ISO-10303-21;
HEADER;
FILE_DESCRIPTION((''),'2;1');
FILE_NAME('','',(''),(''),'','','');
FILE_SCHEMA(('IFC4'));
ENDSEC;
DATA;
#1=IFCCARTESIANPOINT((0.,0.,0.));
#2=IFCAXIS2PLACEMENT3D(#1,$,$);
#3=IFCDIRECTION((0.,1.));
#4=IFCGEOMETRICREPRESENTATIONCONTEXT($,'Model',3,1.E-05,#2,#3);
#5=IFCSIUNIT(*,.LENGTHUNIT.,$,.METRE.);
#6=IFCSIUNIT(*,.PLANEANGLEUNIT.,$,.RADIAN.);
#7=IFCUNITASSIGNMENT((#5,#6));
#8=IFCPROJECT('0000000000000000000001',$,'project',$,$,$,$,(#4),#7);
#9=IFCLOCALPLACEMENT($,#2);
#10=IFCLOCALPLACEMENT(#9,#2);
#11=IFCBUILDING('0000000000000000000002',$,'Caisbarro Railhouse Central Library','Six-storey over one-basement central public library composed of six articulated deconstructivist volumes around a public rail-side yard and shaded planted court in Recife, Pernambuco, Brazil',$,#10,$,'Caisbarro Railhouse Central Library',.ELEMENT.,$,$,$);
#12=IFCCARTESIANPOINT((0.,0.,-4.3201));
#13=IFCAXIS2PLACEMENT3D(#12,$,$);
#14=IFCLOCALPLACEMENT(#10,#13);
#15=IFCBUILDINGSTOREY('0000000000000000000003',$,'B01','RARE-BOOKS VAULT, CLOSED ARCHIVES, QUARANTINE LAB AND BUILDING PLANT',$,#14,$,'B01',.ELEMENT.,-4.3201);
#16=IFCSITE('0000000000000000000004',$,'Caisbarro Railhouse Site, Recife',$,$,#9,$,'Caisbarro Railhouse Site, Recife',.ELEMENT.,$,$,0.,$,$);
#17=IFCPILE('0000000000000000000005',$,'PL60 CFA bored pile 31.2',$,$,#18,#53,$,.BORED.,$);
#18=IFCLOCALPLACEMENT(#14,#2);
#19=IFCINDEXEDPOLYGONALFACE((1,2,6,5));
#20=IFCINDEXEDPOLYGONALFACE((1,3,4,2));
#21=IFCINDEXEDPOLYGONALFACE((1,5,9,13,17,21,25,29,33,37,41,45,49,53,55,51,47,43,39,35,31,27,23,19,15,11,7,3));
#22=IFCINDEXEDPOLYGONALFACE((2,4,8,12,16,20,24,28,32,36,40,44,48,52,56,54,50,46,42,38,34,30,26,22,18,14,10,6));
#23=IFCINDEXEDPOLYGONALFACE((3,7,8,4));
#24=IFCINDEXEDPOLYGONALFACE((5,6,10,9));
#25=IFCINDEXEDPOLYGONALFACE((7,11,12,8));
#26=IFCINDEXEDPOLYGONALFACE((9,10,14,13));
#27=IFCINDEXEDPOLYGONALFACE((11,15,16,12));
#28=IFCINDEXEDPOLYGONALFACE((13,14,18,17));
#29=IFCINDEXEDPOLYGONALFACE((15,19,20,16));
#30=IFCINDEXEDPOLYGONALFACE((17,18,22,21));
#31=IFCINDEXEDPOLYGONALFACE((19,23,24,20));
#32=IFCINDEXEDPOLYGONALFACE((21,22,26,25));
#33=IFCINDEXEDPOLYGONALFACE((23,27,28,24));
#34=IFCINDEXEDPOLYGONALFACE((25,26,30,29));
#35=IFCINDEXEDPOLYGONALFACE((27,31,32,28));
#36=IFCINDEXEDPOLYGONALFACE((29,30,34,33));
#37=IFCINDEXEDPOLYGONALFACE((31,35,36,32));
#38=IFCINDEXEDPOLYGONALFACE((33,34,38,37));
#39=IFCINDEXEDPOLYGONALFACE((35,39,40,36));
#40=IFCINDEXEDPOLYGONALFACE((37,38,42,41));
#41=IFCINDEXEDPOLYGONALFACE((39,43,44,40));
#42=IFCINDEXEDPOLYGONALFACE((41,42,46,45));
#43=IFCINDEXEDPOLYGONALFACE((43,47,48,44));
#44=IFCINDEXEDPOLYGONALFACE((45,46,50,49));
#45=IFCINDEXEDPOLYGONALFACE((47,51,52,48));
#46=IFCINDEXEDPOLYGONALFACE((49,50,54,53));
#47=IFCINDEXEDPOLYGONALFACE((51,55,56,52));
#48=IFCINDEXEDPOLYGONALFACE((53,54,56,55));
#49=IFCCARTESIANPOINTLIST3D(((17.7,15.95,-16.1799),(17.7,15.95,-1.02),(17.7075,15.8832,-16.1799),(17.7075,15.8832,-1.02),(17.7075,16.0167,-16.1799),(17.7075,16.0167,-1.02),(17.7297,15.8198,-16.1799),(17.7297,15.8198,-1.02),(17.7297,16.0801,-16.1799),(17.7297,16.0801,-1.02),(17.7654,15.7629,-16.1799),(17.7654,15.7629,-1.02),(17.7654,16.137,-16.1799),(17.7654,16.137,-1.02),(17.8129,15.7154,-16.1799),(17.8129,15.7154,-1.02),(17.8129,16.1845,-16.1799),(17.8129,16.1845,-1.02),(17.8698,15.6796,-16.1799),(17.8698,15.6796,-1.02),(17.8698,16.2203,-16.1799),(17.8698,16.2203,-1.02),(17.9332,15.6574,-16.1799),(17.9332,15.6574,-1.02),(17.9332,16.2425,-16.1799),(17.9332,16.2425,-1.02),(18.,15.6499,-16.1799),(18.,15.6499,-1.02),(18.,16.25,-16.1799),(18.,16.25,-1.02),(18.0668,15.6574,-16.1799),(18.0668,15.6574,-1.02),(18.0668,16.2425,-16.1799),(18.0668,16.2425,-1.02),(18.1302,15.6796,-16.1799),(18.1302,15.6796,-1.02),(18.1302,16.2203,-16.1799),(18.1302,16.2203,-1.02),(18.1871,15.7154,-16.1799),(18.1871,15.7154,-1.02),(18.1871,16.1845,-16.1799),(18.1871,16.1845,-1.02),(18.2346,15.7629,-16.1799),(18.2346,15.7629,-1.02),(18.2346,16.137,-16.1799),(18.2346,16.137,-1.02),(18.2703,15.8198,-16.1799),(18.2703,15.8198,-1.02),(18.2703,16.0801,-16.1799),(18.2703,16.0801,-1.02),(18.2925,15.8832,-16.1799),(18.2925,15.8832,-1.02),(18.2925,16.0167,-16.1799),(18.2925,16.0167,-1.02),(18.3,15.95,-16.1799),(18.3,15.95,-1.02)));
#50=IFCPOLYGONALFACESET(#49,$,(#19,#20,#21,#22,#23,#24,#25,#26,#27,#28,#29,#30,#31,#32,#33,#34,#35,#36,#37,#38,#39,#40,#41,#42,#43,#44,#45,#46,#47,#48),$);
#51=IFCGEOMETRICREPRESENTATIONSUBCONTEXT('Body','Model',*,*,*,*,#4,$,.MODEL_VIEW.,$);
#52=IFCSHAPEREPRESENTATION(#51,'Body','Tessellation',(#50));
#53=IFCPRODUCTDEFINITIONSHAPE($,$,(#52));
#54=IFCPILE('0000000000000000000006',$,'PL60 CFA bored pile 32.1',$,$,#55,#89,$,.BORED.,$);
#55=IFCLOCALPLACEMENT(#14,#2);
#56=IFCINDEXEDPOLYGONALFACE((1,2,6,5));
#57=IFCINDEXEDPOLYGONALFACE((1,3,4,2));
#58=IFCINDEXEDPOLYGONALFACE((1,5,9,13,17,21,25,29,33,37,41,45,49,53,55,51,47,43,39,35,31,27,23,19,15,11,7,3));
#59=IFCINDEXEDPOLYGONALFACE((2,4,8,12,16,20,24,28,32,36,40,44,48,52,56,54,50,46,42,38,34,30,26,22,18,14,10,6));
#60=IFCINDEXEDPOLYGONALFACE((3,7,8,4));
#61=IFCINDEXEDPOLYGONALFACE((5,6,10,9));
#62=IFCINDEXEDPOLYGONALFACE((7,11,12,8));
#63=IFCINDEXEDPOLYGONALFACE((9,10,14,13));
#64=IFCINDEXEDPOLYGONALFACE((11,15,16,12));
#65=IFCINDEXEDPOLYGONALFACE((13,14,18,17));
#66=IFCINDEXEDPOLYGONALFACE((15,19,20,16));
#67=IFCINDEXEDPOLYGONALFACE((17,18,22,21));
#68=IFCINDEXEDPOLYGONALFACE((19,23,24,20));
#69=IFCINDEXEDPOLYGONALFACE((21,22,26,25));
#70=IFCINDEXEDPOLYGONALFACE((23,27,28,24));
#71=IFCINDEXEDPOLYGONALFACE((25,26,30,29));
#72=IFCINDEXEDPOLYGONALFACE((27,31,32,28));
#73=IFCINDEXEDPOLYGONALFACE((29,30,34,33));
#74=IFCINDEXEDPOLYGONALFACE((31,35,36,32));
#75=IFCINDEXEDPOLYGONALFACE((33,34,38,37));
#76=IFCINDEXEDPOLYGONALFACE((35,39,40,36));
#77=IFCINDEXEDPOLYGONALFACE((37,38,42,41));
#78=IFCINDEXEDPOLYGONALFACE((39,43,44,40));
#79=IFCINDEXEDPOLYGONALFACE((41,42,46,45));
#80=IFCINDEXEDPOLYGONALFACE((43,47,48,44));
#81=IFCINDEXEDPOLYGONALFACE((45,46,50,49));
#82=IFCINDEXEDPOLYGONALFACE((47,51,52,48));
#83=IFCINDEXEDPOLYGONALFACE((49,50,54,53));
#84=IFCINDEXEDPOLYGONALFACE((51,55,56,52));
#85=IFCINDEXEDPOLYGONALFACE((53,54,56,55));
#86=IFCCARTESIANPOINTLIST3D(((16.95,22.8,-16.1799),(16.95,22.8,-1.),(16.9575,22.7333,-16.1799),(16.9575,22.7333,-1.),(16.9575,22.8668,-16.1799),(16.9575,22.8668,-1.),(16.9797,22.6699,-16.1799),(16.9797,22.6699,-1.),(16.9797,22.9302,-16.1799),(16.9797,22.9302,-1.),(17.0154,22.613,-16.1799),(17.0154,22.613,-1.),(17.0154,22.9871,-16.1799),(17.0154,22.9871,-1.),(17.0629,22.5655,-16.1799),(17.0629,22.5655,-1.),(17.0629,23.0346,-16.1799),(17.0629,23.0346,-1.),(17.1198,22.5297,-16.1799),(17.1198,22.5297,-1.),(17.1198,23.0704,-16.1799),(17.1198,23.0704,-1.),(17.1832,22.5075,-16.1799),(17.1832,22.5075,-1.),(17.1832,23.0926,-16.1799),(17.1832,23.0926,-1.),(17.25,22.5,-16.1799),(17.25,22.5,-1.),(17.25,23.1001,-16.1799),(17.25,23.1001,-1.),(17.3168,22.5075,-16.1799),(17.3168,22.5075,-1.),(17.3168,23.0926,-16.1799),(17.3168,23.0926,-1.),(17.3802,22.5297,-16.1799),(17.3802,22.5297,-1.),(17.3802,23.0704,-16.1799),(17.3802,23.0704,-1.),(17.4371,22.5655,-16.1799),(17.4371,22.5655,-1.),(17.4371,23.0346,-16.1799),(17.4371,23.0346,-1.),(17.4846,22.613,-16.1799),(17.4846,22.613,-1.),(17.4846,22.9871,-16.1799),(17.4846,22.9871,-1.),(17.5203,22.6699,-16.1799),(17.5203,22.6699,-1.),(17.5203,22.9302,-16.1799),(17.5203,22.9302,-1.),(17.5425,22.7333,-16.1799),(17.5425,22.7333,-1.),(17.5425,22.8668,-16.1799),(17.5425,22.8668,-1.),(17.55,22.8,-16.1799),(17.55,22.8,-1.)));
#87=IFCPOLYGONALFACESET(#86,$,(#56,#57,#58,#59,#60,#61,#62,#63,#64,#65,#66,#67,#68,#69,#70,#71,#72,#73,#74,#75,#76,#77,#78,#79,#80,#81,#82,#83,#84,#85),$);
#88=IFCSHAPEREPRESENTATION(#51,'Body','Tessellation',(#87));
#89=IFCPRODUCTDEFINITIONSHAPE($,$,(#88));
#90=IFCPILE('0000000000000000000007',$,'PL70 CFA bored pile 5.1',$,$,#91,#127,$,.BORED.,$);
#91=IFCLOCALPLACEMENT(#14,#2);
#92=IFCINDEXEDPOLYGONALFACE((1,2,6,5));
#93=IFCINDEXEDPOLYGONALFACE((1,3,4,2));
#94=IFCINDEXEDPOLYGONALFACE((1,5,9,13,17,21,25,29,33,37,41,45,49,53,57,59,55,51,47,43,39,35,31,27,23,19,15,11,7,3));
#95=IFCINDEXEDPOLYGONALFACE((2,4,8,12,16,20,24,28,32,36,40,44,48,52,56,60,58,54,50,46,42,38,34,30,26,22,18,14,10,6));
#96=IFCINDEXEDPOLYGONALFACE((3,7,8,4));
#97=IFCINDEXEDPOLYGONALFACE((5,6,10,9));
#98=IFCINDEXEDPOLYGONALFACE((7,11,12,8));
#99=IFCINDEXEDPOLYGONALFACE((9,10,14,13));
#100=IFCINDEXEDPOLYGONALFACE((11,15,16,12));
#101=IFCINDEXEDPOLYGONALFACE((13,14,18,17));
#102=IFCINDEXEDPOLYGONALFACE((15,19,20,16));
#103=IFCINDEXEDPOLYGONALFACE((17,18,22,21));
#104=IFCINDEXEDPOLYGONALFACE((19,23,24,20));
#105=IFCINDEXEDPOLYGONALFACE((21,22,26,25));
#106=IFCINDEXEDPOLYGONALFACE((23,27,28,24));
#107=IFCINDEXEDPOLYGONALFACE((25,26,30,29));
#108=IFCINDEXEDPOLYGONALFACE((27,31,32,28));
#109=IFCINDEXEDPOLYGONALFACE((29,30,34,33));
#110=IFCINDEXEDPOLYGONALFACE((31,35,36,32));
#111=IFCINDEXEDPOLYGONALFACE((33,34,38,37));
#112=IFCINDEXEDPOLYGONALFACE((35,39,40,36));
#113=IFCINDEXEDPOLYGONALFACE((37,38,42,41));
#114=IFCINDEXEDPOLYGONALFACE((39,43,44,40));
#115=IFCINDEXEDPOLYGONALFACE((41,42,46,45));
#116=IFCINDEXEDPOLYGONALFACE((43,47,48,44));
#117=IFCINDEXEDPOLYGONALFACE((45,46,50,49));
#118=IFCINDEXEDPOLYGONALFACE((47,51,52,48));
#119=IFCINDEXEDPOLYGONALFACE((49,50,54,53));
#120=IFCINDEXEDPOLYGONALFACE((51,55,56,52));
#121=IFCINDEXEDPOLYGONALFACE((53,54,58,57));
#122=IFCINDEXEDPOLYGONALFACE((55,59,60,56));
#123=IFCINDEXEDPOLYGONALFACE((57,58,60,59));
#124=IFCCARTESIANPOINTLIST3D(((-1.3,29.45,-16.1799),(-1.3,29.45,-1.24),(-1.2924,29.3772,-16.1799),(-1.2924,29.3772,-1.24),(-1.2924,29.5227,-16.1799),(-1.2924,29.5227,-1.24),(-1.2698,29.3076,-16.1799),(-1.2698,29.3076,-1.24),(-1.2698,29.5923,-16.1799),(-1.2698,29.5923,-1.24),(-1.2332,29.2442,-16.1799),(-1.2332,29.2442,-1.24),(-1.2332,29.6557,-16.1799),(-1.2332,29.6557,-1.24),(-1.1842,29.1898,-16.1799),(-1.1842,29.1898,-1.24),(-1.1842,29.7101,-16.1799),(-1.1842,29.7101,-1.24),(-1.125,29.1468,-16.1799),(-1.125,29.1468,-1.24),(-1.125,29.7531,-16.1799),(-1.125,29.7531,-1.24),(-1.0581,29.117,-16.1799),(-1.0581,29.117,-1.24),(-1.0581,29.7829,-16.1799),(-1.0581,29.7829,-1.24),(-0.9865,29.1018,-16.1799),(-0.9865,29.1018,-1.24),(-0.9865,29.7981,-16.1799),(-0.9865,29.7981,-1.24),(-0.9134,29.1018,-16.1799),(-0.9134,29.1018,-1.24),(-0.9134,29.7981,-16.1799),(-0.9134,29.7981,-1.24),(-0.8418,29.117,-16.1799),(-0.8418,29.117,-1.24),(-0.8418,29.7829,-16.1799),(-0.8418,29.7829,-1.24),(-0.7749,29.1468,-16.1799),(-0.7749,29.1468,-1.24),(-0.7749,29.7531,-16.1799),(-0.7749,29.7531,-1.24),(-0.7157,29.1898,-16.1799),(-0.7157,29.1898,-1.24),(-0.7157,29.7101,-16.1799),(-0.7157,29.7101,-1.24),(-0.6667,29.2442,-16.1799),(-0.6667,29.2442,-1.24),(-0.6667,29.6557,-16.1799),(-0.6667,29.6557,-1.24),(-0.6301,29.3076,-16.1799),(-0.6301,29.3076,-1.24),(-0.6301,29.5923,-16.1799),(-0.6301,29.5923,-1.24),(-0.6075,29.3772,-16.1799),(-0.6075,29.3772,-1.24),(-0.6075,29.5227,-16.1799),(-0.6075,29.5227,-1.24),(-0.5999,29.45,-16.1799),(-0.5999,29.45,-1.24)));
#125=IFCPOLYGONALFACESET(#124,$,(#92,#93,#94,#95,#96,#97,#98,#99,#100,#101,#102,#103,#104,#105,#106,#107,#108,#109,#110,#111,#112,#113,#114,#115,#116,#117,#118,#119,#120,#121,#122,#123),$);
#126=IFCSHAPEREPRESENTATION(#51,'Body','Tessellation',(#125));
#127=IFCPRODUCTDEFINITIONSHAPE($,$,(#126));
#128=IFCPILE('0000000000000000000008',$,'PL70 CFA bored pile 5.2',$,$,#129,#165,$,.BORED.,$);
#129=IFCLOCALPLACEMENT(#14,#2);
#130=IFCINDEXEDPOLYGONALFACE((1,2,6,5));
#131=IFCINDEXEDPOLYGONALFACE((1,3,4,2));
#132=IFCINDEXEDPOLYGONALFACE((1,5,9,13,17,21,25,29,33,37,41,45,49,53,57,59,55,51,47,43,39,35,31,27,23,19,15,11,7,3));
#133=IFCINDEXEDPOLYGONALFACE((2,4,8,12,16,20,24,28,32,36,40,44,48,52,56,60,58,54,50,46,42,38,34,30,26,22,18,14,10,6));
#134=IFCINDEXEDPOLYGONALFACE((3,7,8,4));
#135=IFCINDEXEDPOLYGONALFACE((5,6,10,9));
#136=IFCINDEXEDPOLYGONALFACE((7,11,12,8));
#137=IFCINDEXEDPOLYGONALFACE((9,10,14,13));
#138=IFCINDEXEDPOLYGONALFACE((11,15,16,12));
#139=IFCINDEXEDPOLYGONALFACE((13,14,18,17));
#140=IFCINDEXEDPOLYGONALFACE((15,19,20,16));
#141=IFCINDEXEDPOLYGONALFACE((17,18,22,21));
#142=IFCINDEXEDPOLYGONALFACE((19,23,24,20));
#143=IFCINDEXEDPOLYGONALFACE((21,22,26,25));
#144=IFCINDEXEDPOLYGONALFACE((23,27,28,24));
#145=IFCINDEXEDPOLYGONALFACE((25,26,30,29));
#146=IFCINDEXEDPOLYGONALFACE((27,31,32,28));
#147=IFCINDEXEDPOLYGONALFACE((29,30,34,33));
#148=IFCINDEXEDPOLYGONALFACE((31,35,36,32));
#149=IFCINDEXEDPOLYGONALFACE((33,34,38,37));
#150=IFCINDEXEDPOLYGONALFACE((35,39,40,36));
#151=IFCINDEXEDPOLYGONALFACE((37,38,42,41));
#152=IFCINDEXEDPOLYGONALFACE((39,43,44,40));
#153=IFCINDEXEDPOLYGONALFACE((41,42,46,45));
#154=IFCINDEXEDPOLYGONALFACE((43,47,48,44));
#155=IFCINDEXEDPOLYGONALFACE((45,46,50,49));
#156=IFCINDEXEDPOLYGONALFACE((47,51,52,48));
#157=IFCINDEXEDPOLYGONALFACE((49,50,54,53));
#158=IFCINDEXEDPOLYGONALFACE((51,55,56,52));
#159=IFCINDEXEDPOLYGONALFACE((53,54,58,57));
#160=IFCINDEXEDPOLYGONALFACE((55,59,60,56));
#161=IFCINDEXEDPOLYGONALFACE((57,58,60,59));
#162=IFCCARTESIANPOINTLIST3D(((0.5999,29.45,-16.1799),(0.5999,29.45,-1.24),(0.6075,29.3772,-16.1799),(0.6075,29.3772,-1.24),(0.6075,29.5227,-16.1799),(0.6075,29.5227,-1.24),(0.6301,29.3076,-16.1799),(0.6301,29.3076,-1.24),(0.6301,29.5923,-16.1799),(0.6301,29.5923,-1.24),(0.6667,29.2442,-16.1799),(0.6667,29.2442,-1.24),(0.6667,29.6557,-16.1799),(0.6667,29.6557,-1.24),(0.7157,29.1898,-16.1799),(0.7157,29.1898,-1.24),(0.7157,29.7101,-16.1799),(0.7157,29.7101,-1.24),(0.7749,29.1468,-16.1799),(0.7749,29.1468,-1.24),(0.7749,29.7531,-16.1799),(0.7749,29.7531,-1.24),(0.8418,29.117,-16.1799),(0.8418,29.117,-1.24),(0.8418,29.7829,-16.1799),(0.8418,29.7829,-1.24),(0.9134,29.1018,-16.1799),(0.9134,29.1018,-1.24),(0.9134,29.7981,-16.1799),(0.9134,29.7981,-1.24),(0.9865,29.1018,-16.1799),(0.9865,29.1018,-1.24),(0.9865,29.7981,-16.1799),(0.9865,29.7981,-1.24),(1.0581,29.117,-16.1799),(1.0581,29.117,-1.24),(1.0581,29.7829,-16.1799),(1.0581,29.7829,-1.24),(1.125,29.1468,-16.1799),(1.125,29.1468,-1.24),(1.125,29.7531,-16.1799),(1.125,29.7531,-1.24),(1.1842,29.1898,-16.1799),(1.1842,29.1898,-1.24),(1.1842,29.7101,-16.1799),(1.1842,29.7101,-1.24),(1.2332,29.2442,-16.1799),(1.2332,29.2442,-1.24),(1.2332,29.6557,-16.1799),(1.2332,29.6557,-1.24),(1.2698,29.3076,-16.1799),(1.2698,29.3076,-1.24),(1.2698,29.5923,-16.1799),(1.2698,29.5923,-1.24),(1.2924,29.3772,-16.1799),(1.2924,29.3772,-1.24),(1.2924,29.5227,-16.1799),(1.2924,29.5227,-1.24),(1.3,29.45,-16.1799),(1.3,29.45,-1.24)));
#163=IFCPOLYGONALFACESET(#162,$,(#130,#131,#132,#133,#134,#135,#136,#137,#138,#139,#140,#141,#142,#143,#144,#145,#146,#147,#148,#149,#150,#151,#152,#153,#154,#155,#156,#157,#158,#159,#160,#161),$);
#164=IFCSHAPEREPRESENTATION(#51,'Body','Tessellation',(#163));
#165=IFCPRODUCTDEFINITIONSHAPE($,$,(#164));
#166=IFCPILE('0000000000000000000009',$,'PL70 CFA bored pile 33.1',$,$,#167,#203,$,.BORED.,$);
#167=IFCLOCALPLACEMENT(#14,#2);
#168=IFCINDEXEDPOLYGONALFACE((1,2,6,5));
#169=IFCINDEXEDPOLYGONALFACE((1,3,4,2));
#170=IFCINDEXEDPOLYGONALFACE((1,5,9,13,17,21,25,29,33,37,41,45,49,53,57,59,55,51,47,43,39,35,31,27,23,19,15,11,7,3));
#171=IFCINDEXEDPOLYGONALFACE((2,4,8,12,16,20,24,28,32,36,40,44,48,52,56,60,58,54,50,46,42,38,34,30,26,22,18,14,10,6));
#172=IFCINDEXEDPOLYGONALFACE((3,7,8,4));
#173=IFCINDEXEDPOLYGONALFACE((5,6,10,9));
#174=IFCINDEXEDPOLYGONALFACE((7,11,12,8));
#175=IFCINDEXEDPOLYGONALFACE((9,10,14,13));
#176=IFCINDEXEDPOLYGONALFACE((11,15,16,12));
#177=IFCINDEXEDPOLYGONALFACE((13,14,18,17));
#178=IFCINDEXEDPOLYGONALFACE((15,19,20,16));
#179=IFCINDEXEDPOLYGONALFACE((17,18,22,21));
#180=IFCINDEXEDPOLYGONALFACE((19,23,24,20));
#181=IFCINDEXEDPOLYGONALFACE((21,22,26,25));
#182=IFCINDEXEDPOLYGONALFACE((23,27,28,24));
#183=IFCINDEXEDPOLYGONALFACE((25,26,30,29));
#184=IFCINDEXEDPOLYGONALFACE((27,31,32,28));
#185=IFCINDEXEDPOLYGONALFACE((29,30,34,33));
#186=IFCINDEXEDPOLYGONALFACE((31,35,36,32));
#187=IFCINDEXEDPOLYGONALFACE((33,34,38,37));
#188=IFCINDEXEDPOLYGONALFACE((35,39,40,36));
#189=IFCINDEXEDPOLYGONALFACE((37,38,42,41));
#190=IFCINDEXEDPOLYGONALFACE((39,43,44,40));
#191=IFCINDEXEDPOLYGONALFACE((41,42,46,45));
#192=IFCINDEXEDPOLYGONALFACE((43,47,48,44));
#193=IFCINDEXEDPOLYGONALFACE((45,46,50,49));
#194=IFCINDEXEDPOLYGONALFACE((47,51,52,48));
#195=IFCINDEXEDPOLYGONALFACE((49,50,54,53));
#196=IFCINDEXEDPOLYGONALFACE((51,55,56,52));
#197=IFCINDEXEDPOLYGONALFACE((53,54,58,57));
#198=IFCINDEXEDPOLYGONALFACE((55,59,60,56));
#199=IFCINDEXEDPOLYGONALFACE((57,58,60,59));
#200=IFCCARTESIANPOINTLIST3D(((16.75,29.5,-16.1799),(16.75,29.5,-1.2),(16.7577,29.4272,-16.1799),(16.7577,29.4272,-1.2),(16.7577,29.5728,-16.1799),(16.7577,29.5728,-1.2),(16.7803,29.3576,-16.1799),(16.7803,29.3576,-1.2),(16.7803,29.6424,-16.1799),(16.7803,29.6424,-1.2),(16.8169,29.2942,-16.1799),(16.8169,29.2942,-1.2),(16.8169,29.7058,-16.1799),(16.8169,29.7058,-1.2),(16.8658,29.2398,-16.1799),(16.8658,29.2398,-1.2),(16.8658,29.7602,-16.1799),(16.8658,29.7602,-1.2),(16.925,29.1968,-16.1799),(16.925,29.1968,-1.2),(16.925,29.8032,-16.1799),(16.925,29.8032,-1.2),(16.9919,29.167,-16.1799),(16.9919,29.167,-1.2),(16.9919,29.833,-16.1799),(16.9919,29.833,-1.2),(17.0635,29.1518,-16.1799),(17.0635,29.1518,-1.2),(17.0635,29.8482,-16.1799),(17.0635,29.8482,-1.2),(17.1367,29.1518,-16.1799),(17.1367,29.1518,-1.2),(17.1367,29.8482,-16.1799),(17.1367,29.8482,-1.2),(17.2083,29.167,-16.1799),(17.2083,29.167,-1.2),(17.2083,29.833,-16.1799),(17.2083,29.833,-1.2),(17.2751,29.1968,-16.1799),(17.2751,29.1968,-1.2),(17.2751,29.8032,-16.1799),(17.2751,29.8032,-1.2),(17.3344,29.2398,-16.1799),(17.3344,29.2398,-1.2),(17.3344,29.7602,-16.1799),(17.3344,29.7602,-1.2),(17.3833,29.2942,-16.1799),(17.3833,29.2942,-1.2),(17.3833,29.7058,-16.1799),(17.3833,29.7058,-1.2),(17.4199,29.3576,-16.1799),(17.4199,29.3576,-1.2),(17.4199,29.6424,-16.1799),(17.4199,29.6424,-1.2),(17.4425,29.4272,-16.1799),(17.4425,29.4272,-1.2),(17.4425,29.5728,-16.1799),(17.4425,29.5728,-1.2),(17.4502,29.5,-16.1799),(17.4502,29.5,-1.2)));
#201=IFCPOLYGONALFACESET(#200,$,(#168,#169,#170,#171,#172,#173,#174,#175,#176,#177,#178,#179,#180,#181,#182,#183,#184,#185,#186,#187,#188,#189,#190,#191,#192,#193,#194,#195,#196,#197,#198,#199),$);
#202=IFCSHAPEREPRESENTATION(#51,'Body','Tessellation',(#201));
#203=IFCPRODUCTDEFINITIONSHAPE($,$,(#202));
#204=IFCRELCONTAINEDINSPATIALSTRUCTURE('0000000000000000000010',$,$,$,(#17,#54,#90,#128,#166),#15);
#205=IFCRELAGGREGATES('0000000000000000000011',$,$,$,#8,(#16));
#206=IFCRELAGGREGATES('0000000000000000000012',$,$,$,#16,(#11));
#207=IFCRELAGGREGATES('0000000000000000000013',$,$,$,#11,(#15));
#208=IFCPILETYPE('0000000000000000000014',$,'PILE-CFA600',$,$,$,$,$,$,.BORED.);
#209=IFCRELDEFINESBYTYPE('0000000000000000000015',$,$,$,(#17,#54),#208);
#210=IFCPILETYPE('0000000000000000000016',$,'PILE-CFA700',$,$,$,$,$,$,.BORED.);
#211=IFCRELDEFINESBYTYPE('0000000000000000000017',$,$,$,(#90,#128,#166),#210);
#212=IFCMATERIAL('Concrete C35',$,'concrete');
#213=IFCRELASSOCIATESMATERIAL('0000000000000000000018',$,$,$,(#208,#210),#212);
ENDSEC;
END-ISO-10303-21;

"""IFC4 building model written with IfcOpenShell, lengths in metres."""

from ifc_helpers import new_model, si_unit, direction, frame, origin, origin_2d, place, context, subcontext, project, spatial, circle, extrude, material, material_profile, profile_set, type_object, element, save


model = new_model("IFC4")

# Units and contexts
model_context = context("Model", 3, precision=1e-05, world=origin(), true_north=direction((0.0, 1.0)))
body_context = subcontext(model_context, "Body", "Model", "MODEL_VIEW")
ifc_project = project(units=[si_unit("LENGTHUNIT", "METRE"), si_unit("PLANEANGLEUNIT", "RADIAN")], contexts=[model_context])

# Site, building, storey
site_placement = place(None, origin())
site = spatial("IfcSite", under=ifc_project, at=site_placement, Name="Caisbarro Railhouse Site, Recife", LongName="Caisbarro Railhouse Site, Recife", CompositionType="ELEMENT", RefElevation=0.0)
building_placement = place(site_placement, origin())
building = spatial("IfcBuilding", under=site, at=building_placement, Name="Caisbarro Railhouse Central Library", Description="Six-storey over one-basement central public library composed of six articulated deconstructivist volumes around a public rail-side yard and shaded planted court in Recife, Pernambuco, Brazil", LongName="Caisbarro Railhouse Central Library", CompositionType="ELEMENT")
storey_placement = place(building_placement, frame((0.0, 0.0, -4.3201)))
storey = spatial("IfcBuildingStorey", under=building, at=storey_placement, Name="B01", Description="RARE-BOOKS VAULT, CLOSED ARCHIVES, QUARANTINE LAB AND BUILDING PLANT", LongName="B01", CompositionType="ELEMENT", Elevation=-4.3201)

# Shared definitions
ifc_material_1 = material(Name="Concrete C35", Category="concrete")

# Piles
ifc_material_profile_1 = material_profile(ifc_material_1, circle(Radius=0.3, at=origin_2d()), Name="PILE-CFA-600")
ifc_profile_set_1 = profile_set([ifc_material_profile_1], Name="Concrete C35")
pile_type_1 = type_object("IfcPileType", Name="PILE-CFA600", PredefinedType="BORED", material=ifc_profile_set_1)
pile_1_placement = place(storey_placement, frame((18.0, 15.95, -1.02), z_axis=(0.0, 0.0, -1.0), x_axis=(1.0, 0.0, 0.0)))
element("IfcPile", 1, at=pile_1_placement, inside=storey, type_object=pile_type_1, Name="PL60 CFA bored pile 31.2", PredefinedType="BORED", context=body_context, shape_type="SweptSolid", body=[
    extrude(circle(Radius=0.3, at=origin_2d()), origin(), (0.0, 0.0, 1.0), 15.1599),
])
pile_2_placement = place(storey_placement, frame((17.25, 22.8, -1.0), z_axis=(0.0, 0.0, -1.0), x_axis=(1.0, 0.0, 0.0)))
element("IfcPile", 2, at=pile_2_placement, inside=storey, type_object=pile_type_1, Name="PL60 CFA bored pile 32.1", PredefinedType="BORED", context=body_context, shape_type="SweptSolid", body=[
    extrude(circle(Radius=0.3, at=origin_2d()), origin(), (0.0, 0.0, 1.0), 15.1799),
])
ifc_material_profile_2 = material_profile(ifc_material_1, circle(Radius=0.3501, at=origin_2d()), Name="PILE-CFA-700")
ifc_profile_set_2 = profile_set([ifc_material_profile_2], Name="Concrete C35")
pile_type_2 = type_object("IfcPileType", Name="PILE-CFA700", PredefinedType="BORED", material=ifc_profile_set_2)
for number, where, z_axis, x_axis, name in (
    (3, (-0.95, 29.45, -1.24), (0.0, 0.0, -1.0), (1.0, 0.0, 0.0), "PL70 CFA bored pile 5.1"),
    (4, (0.95, 29.45, -1.24), (0.0, 0.0, -1.0), (1.0, 0.0, 0.0), "PL70 CFA bored pile 5.2"),
):
    element("IfcPile", number, at=place(storey_placement, frame(where, z_axis=z_axis, x_axis=x_axis)), inside=storey, type_object=pile_type_2, Name=name, PredefinedType="BORED", context=body_context, shape_type="SweptSolid", body=[
        extrude(circle(Radius=0.3501, at=origin_2d()), origin(), (0.0, 0.0, 1.0), 14.9399),
    ])
pile_3_placement = place(storey_placement, frame((17.1001, 29.5, -1.2), z_axis=(0.0, 0.0, -1.0), x_axis=(1.0, 0.0, 0.0)))
element("IfcPile", 5, at=pile_3_placement, inside=storey, type_object=pile_type_2, Name="PL70 CFA bored pile 33.1", PredefinedType="BORED", context=body_context, shape_type="SweptSolid", body=[
    extrude(circle(Radius=0.3501, at=origin_2d()), origin(), (0.0, 0.0, 1.0), 14.98),
])

save(model, "model.ifc")
